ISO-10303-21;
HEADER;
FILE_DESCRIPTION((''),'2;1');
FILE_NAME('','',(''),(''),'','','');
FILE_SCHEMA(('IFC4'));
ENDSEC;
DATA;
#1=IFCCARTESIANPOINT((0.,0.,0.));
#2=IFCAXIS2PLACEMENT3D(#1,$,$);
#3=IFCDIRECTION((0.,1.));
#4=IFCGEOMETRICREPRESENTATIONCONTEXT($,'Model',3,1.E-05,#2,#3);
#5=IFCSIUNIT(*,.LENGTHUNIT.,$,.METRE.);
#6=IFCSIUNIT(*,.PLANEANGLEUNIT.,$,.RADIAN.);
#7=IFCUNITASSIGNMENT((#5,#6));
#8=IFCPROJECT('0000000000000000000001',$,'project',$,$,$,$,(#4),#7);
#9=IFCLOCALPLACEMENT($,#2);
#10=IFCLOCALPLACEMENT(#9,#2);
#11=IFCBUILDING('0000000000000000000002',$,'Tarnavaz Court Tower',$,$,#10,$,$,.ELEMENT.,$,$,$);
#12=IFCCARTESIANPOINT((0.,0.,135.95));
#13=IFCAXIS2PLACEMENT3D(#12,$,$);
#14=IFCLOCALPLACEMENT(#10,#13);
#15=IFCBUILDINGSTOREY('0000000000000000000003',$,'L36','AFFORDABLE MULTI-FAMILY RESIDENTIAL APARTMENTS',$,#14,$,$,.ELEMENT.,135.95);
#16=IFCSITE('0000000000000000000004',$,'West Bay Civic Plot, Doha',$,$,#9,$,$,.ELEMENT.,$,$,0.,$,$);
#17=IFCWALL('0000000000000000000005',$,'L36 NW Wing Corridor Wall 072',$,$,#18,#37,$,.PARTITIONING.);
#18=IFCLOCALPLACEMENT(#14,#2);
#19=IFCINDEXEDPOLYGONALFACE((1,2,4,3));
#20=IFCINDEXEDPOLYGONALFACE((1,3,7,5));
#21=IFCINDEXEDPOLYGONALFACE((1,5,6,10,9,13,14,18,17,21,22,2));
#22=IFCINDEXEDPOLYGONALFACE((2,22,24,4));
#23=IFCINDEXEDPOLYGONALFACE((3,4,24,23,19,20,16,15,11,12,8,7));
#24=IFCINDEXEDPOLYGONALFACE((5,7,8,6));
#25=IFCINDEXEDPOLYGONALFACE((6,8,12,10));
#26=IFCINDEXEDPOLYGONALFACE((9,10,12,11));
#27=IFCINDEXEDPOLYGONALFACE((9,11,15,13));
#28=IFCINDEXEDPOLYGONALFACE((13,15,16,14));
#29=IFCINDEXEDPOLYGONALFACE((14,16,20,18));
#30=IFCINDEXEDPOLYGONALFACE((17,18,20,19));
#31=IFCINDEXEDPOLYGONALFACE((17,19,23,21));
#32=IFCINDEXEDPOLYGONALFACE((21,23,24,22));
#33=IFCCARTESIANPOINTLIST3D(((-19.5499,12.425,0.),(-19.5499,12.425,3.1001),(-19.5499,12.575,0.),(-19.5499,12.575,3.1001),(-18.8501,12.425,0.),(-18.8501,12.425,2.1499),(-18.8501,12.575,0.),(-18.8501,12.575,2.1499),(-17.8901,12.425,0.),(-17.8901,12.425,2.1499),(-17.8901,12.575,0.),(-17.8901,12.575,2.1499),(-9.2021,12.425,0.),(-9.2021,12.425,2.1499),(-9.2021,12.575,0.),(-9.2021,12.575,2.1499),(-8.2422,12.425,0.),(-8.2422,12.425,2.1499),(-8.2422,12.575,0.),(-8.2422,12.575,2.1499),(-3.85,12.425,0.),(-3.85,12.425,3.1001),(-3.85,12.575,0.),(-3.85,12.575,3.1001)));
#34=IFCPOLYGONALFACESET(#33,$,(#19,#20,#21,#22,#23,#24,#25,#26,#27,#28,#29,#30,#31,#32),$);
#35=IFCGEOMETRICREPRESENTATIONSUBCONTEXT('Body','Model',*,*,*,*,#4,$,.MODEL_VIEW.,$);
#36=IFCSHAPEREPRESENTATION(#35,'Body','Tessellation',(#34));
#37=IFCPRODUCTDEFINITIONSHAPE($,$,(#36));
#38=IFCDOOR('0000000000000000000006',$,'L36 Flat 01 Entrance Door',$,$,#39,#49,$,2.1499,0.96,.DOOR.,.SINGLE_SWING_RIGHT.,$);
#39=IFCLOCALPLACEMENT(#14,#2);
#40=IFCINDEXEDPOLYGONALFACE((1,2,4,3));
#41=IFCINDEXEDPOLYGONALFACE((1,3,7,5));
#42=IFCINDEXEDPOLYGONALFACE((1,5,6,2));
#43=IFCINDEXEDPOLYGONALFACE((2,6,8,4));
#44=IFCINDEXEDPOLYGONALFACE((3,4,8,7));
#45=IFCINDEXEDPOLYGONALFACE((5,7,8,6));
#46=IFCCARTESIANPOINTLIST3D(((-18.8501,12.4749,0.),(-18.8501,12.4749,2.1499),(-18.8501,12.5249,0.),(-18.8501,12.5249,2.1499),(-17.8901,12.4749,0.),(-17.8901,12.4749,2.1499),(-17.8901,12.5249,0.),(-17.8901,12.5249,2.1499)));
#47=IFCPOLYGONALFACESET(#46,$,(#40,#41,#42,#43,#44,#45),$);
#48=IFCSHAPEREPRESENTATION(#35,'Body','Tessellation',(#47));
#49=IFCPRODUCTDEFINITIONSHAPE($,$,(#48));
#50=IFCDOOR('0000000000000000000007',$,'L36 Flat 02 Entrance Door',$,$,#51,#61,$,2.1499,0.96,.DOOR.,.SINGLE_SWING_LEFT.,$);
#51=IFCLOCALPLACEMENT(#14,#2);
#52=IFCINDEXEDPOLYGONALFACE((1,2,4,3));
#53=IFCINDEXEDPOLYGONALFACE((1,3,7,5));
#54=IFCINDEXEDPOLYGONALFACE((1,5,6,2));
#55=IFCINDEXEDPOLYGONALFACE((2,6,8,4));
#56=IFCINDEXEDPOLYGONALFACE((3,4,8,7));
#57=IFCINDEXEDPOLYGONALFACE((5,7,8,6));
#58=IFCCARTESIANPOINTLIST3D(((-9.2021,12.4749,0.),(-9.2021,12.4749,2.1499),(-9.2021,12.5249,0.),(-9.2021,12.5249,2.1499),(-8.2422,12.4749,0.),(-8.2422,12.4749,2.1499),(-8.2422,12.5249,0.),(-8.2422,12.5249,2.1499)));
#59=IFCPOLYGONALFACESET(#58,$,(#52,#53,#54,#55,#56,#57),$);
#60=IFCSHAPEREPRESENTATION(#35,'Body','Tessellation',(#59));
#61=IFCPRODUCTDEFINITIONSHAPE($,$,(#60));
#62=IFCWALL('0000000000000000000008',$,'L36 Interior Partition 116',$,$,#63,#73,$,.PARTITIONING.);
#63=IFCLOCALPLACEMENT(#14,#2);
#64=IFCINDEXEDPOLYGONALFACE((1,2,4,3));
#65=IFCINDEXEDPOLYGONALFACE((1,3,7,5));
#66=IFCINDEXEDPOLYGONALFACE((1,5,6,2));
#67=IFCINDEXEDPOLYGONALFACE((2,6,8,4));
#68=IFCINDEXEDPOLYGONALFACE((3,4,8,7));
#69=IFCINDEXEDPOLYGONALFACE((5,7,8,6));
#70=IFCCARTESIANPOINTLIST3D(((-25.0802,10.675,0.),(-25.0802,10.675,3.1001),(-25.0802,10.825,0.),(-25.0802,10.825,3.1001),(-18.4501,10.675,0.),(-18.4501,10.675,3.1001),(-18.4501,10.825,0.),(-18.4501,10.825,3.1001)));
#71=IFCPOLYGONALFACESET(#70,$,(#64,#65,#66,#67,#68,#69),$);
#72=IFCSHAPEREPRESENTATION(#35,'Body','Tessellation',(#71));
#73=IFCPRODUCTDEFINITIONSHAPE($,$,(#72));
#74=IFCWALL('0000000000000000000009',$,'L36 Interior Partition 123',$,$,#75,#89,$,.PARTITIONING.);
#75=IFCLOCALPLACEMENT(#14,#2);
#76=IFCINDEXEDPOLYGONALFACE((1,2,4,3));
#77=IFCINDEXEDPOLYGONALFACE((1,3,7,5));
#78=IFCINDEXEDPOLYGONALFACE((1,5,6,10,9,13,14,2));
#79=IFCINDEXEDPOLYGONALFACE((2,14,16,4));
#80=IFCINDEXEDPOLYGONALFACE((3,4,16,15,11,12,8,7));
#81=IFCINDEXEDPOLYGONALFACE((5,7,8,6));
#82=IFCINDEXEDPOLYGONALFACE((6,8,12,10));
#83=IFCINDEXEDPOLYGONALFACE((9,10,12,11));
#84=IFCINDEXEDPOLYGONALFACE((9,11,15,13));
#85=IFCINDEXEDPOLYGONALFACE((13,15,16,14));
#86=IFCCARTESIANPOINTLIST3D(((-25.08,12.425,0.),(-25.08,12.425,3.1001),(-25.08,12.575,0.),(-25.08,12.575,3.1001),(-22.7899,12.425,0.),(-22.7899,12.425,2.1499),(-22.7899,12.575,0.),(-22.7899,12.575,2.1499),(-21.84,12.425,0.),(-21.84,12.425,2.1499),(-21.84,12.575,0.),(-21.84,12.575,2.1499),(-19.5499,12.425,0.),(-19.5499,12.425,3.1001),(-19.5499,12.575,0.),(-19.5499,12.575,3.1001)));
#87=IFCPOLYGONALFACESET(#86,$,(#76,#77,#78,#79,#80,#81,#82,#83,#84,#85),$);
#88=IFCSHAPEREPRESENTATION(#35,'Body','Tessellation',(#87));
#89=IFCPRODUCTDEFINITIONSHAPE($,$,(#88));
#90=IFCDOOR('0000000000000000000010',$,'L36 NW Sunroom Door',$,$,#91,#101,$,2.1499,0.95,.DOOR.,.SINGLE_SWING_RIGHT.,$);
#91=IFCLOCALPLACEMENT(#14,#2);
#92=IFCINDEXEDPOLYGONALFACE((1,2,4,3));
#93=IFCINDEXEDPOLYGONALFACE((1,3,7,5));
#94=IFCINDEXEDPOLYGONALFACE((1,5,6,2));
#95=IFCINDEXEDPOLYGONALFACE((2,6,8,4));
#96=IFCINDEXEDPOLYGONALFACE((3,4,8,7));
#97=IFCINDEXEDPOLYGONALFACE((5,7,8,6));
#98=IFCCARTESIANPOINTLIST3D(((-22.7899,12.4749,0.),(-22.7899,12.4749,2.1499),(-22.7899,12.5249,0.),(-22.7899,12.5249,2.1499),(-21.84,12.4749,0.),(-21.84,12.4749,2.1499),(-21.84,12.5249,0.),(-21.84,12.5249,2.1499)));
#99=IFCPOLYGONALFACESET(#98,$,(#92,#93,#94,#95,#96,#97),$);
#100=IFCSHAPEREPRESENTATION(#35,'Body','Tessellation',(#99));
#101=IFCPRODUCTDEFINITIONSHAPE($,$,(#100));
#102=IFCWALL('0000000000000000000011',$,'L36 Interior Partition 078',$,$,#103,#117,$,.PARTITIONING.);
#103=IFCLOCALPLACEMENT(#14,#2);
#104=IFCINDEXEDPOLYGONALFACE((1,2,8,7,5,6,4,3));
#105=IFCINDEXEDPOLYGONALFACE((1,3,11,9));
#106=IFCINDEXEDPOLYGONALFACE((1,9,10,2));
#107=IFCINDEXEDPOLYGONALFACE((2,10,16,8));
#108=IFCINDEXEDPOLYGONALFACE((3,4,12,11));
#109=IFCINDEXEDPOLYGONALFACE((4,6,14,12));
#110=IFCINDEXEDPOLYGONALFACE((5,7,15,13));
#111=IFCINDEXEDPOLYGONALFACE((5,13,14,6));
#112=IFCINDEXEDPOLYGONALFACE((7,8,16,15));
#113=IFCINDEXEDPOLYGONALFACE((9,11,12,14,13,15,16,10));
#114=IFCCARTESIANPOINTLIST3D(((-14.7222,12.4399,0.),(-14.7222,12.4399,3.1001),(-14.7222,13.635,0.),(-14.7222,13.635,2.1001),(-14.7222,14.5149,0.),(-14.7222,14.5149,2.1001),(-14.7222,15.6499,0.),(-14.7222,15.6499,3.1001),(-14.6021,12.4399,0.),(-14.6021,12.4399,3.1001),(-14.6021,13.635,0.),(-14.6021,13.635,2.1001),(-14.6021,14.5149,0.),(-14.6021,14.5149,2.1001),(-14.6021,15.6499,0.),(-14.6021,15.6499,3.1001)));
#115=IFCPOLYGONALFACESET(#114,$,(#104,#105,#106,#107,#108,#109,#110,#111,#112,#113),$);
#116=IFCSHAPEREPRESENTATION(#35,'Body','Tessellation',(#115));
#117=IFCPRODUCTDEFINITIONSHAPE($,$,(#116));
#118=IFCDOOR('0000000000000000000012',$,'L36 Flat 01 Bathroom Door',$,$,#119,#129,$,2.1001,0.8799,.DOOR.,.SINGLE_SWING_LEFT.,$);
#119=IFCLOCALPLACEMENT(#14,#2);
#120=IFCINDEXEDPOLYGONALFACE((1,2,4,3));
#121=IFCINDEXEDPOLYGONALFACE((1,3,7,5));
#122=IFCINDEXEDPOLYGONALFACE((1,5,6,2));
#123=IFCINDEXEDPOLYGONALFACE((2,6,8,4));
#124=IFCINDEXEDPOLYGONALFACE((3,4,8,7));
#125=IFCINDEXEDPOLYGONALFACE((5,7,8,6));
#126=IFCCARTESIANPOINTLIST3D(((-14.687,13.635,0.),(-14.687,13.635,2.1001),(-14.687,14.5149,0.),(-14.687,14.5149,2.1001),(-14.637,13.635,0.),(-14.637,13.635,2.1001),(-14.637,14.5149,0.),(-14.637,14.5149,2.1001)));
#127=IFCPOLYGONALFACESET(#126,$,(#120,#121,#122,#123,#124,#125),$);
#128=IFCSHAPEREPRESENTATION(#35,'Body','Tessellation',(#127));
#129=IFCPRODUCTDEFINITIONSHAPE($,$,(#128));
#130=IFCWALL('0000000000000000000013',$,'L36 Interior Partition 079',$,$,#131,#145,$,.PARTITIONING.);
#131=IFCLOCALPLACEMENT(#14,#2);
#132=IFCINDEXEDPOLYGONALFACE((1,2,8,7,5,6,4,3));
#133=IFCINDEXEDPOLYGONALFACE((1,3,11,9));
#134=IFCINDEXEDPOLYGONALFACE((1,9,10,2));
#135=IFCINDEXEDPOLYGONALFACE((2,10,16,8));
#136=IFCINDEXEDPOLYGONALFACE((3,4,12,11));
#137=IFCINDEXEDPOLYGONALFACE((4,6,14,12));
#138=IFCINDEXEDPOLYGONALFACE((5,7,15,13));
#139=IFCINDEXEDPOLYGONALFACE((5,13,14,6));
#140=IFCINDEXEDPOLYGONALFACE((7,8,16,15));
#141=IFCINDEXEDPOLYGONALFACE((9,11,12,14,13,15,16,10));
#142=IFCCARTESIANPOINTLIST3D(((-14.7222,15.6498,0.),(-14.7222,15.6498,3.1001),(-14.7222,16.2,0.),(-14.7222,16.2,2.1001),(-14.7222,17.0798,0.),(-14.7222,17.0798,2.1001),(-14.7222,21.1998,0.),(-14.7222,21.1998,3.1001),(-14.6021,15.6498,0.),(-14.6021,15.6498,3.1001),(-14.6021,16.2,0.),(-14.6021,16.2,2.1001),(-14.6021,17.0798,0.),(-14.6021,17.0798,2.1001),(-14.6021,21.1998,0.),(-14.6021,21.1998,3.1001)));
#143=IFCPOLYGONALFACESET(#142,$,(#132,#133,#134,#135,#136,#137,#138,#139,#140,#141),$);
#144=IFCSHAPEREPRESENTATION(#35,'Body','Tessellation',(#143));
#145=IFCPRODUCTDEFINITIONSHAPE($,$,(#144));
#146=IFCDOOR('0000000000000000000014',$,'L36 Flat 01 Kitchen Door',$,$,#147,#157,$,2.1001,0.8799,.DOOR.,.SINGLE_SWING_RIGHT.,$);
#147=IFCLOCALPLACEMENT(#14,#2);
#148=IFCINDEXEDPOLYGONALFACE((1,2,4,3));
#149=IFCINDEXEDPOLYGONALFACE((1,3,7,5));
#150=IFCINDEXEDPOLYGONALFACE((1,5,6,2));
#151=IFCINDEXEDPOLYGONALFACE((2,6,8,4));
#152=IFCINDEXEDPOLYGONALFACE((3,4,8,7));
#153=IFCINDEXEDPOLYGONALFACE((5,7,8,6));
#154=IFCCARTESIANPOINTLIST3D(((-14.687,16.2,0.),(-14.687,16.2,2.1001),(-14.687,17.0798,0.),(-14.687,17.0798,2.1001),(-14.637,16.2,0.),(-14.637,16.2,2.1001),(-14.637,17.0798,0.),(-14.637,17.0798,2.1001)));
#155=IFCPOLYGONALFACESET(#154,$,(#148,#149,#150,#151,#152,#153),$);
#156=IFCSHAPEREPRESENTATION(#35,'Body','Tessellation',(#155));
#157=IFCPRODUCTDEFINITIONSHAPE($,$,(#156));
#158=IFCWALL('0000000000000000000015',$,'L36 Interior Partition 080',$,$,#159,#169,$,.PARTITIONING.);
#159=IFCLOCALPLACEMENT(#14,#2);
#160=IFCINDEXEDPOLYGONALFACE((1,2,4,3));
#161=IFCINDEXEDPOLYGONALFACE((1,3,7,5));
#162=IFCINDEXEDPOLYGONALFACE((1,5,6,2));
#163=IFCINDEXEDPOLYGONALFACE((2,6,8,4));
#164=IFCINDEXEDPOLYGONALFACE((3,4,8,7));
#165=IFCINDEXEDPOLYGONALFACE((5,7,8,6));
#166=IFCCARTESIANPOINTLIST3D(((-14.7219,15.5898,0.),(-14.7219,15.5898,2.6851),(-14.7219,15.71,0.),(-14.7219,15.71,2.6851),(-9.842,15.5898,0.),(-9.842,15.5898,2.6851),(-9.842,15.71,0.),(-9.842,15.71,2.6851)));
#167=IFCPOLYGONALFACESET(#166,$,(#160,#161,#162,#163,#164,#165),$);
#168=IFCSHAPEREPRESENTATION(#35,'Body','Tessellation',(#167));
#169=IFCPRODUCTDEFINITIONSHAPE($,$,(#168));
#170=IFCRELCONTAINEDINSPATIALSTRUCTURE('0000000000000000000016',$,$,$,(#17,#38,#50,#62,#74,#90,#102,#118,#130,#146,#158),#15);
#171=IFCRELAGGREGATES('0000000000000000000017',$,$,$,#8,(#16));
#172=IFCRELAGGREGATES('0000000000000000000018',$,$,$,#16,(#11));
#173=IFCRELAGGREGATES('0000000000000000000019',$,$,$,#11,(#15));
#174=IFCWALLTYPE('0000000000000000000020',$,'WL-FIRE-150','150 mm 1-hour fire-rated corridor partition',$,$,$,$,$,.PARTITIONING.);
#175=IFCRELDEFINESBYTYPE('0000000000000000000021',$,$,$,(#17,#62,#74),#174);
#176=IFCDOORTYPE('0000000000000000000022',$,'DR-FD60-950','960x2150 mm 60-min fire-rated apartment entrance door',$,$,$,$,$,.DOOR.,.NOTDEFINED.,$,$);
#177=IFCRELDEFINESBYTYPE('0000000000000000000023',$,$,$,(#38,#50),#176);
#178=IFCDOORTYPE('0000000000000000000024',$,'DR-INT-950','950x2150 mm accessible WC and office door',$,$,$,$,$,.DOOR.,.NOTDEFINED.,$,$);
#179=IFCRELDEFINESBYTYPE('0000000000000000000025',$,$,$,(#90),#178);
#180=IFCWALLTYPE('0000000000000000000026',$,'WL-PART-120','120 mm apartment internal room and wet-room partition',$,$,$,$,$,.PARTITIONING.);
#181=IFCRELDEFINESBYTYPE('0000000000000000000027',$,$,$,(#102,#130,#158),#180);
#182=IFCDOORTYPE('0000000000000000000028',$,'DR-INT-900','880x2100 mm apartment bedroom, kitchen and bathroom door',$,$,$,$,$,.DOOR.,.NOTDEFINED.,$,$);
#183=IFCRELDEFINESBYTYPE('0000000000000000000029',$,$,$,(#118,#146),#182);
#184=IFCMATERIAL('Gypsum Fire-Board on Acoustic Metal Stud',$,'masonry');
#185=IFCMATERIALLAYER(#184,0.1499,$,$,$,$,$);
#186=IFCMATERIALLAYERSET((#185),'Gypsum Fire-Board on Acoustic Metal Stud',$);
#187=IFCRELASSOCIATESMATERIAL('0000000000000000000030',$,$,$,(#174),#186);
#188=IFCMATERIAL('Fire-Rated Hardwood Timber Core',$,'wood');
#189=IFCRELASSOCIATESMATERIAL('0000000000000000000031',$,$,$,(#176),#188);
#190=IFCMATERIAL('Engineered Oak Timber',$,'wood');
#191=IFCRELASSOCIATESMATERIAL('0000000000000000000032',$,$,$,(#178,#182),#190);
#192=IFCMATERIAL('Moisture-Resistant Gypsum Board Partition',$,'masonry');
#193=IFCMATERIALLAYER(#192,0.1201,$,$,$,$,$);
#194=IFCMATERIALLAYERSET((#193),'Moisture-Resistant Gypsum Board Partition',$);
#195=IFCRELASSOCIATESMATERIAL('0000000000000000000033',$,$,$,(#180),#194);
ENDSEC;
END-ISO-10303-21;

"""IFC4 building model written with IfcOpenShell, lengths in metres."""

from ifc_helpers import new_model, si_unit, direction, frame, frame_2d, origin, place, context, subcontext, project, spatial, rectangle, extrude, material, layer, layer_set, type_object, element, fill, save


model = new_model("IFC4")

# Units and contexts
model_context = context("Model", 3, precision=1e-05, world=origin(), true_north=direction((0.0, 1.0)))
body_context = subcontext(model_context, "Body", "Model", "MODEL_VIEW")
ifc_project = project(units=[si_unit("LENGTHUNIT", "METRE"), si_unit("PLANEANGLEUNIT", "RADIAN")], contexts=[model_context])

# Site, building, storey
site_placement = place(None, origin())
site = spatial("IfcSite", under=ifc_project, at=site_placement, Name="West Bay Civic Plot, Doha", CompositionType="ELEMENT", RefElevation=0.0)
building_placement = place(site_placement, origin())
building = spatial("IfcBuilding", under=site, at=building_placement, Name="Tarnavaz Court Tower", CompositionType="ELEMENT")
storey_placement = place(building_placement, frame((0.0, 0.0, 135.95)))
storey = spatial("IfcBuildingStorey", under=building, at=storey_placement, Name="L36", Description="AFFORDABLE MULTI-FAMILY RESIDENTIAL APARTMENTS", CompositionType="ELEMENT", Elevation=135.95)

# Wall, openings, doors
ifc_material_1 = material(Name="Gypsum Fire-Board on Acoustic Metal Stud", Category="masonry")
ifc_layer_1 = layer(ifc_material_1, 0.1499)
ifc_layer_set_1 = layer_set([ifc_layer_1], Name="Gypsum Fire-Board on Acoustic Metal Stud")
wall_type_1 = type_object("IfcWallType", Name="WL-FIRE-150", Description="150 mm 1-hour fire-rated corridor partition", PredefinedType="PARTITIONING", material=ifc_layer_set_1)
wall_1_placement = place(storey_placement, frame((-19.55, 12.5, 0.0), z_axis=(0.0, 0.0, 1.0), x_axis=(1.0, 0.0, 0.0)))
wall_1 = element("IfcWall", 1, at=wall_1_placement, inside=storey, type_object=wall_type_1, Name="L36 NW Wing Corridor Wall 072", PredefinedType="PARTITIONING", context=body_context, shape_type="SweptSolid", body=[
    extrude(rectangle(XDim=15.7, YDim=0.1499, at=frame_2d((7.8501, 0.0))), origin(), (0.0, 0.0, 1.0), 3.1001),
])
opening_1_placement = place(wall_1_placement, frame((0.7, 0.0, 0.0)))
opening_1 = element("IfcOpeningElement", 2, at=opening_1_placement, cuts=wall_1, PredefinedType="OPENING", context=body_context, shape_type="SweptSolid", body=[
    extrude(rectangle(XDim=0.96, YDim=2.1499, at=frame_2d((0.48, 1.075))), frame((0.0, 0.085, 0.0), z_axis=(0.0, -1.0, 0.0), x_axis=(1.0, 0.0, 0.0)), (0.0, 0.0, 1.0), 0.1699),
])
opening_2_placement = place(wall_1_placement, frame((10.3479, 0.0, 0.0)))
opening_2 = element("IfcOpeningElement", 3, at=opening_2_placement, cuts=wall_1, PredefinedType="OPENING", context=body_context, shape_type="SweptSolid", body=[
    extrude(rectangle(XDim=0.96, YDim=2.1499, at=frame_2d((0.48, 1.075))), frame((0.0, 0.085, 0.0), z_axis=(0.0, -1.0, 0.0), x_axis=(1.0, 0.0, 0.0)), (0.0, 0.0, 1.0), 0.1699),
])
ifc_material_2 = material(Name="Fire-Rated Hardwood Timber Core", Category="wood")
door_type_1 = type_object("IfcDoorType", Name="DR-FD60-950", Description="960x2150 mm 60-min fire-rated apartment entrance door", OperationType="NOTDEFINED", PredefinedType="DOOR", material=ifc_material_2)
door_1_placement = place(opening_1_placement, origin())
door_1 = element("IfcDoor", 4, at=door_1_placement, inside=storey, type_object=door_type_1, Name="L36 Flat 01 Entrance Door", OperationType="SINGLE_SWING_RIGHT", OverallHeight=2.1499, OverallWidth=0.96, PredefinedType="DOOR", context=body_context, shape_type="SweptSolid", body=[
    extrude(rectangle(XDim=0.96, YDim=2.1499, at=frame_2d((0.48, 1.075))), frame((0.0, 0.0249, 0.0), z_axis=(0.0, -1.0, 0.0), x_axis=(1.0, 0.0, 0.0)), (0.0, 0.0, 1.0), 0.05),
])
fill(opening_1, door_1)
door_2_placement = place(opening_2_placement, origin())
door_2 = element("IfcDoor", 5, at=door_2_placement, inside=storey, type_object=door_type_1, Name="L36 Flat 02 Entrance Door", OperationType="SINGLE_SWING_LEFT", OverallHeight=2.1499, OverallWidth=0.96, PredefinedType="DOOR", context=body_context, shape_type="SweptSolid", body=[
    extrude(rectangle(XDim=0.96, YDim=2.1499, at=frame_2d((0.48, 1.075))), frame((0.0, 0.0249, 0.0), z_axis=(0.0, -1.0, 0.0), x_axis=(1.0, 0.0, 0.0)), (0.0, 0.0, 1.0), 0.05),
])
fill(opening_2, door_2)

# Wall
wall_2_placement = place(storey_placement, frame((-25.0801, 10.75, 0.0), z_axis=(0.0, 0.0, 1.0), x_axis=(1.0, 0.0, 0.0)))
element("IfcWall", 6, at=wall_2_placement, inside=storey, type_object=wall_type_1, Name="L36 Interior Partition 116", PredefinedType="PARTITIONING", context=body_context, shape_type="SweptSolid", body=[
    extrude(rectangle(XDim=6.6301, YDim=0.1499, at=frame_2d((3.3149, 0.0))), origin(), (0.0, 0.0, 1.0), 3.1001),
])

# Walls, openings, doors
wall_3_placement = place(storey_placement, frame((-25.0801, 12.5, 0.0), z_axis=(0.0, 0.0, 1.0), x_axis=(1.0, 0.0, 0.0)))
wall_3 = element("IfcWall", 7, at=wall_3_placement, inside=storey, type_object=wall_type_1, Name="L36 Interior Partition 123", PredefinedType="PARTITIONING", context=body_context, shape_type="SweptSolid", body=[
    extrude(rectangle(XDim=5.53, YDim=0.1499, at=frame_2d((2.7651, 0.0))), origin(), (0.0, 0.0, 1.0), 3.1001),
])
opening_3_placement = place(wall_3_placement, frame((2.29, 0.0, 0.0)))
opening_3 = element("IfcOpeningElement", 8, at=opening_3_placement, cuts=wall_3, PredefinedType="OPENING", context=body_context, shape_type="SweptSolid", body=[
    extrude(rectangle(XDim=0.95, YDim=2.1499, at=frame_2d((0.4751, 1.075))), frame((0.0, 0.085, 0.0), z_axis=(0.0, -1.0, 0.0), x_axis=(1.0, 0.0, 0.0)), (0.0, 0.0, 1.0), 0.1699),
])
ifc_material_3 = material(Name="Engineered Oak Timber", Category="wood")
door_type_2 = type_object("IfcDoorType", Name="DR-INT-950", Description="950x2150 mm accessible WC and office door", OperationType="NOTDEFINED", PredefinedType="DOOR", material=ifc_material_3)
door_3_placement = place(opening_3_placement, origin())
door_3 = element("IfcDoor", 9, at=door_3_placement, inside=storey, type_object=door_type_2, Name="L36 NW Sunroom Door", OperationType="SINGLE_SWING_RIGHT", OverallHeight=2.1499, OverallWidth=0.95, PredefinedType="DOOR", context=body_context, shape_type="SweptSolid", body=[
    extrude(rectangle(XDim=0.95, YDim=2.1499, at=frame_2d((0.4751, 1.075))), frame((0.0, 0.0249, 0.0), z_axis=(0.0, -1.0, 0.0), x_axis=(1.0, 0.0, 0.0)), (0.0, 0.0, 1.0), 0.05),
])
fill(opening_3, door_3)
ifc_material_4 = material(Name="Moisture-Resistant Gypsum Board Partition", Category="masonry")
ifc_layer_2 = layer(ifc_material_4, 0.1201)
ifc_layer_set_2 = layer_set([ifc_layer_2], Name="Moisture-Resistant Gypsum Board Partition")
wall_type_2 = type_object("IfcWallType", Name="WL-PART-120", Description="120 mm apartment internal room and wet-room partition", PredefinedType="PARTITIONING", material=ifc_layer_set_2)
wall_4_placement = place(storey_placement, frame((-14.6621, 12.4399, 0.0), z_axis=(0.0, 0.0, 1.0), x_axis=(0.0, 1.0, 0.0)))
wall_4 = element("IfcWall", 10, at=wall_4_placement, inside=storey, type_object=wall_type_2, Name="L36 Interior Partition 078", PredefinedType="PARTITIONING", context=body_context, shape_type="SweptSolid", body=[
    extrude(rectangle(XDim=3.21, YDim=0.1201, at=frame_2d((1.605, 0.0))), origin(), (0.0, 0.0, 1.0), 3.1001),
])
opening_4_placement = place(wall_4_placement, frame((1.1951, 0.0, 0.0)))
opening_4 = element("IfcOpeningElement", 11, at=opening_4_placement, cuts=wall_4, PredefinedType="OPENING", context=body_context, shape_type="SweptSolid", body=[
    extrude(rectangle(XDim=0.8799, YDim=2.1001, at=frame_2d((0.4399, 1.05))), frame((0.0, 0.0701, 0.0), z_axis=(0.0, -1.0, 0.0), x_axis=(1.0, 0.0, 0.0)), (0.0, 0.0, 1.0), 0.1401),
])
door_type_3 = type_object("IfcDoorType", Name="DR-INT-900", Description="880x2100 mm apartment bedroom, kitchen and bathroom door", OperationType="NOTDEFINED", PredefinedType="DOOR", material=ifc_material_3)
door_4_placement = place(opening_4_placement, origin())
door_4 = element("IfcDoor", 12, at=door_4_placement, inside=storey, type_object=door_type_3, Name="L36 Flat 01 Bathroom Door", OperationType="SINGLE_SWING_LEFT", OverallHeight=2.1001, OverallWidth=0.8799, PredefinedType="DOOR", context=body_context, shape_type="SweptSolid", body=[
    extrude(rectangle(XDim=0.8799, YDim=2.1001, at=frame_2d((0.4399, 1.05))), frame((0.0, 0.0249, 0.0), z_axis=(0.0, -1.0, 0.0), x_axis=(1.0, 0.0, 0.0)), (0.0, 0.0, 1.0), 0.05),
])
fill(opening_4, door_4)
wall_5_placement = place(storey_placement, frame((-14.6621, 15.6499, 0.0), z_axis=(0.0, 0.0, 1.0), x_axis=(0.0, 1.0, 0.0)))
wall_5 = element("IfcWall", 13, at=wall_5_placement, inside=storey, type_object=wall_type_2, Name="L36 Interior Partition 079", PredefinedType="PARTITIONING", context=body_context, shape_type="SweptSolid", body=[
    extrude(rectangle(XDim=5.55, YDim=0.1201, at=frame_2d((2.7749, 0.0))), origin(), (0.0, 0.0, 1.0), 3.1001),
])
opening_5_placement = place(wall_5_placement, frame((0.55, 0.0, 0.0)))
opening_5 = element("IfcOpeningElement", 14, at=opening_5_placement, cuts=wall_5, PredefinedType="OPENING", context=body_context, shape_type="SweptSolid", body=[
    extrude(rectangle(XDim=0.8799, YDim=2.1001, at=frame_2d((0.4399, 1.05))), frame((0.0, 0.0701, 0.0), z_axis=(0.0, -1.0, 0.0), x_axis=(1.0, 0.0, 0.0)), (0.0, 0.0, 1.0), 0.1401),
])
door_5_placement = place(opening_5_placement, origin())
door_5 = element("IfcDoor", 15, at=door_5_placement, inside=storey, type_object=door_type_3, Name="L36 Flat 01 Kitchen Door", OperationType="SINGLE_SWING_RIGHT", OverallHeight=2.1001, OverallWidth=0.8799, PredefinedType="DOOR", context=body_context, shape_type="SweptSolid", body=[
    extrude(rectangle(XDim=0.8799, YDim=2.1001, at=frame_2d((0.4399, 1.05))), frame((0.0, 0.0249, 0.0), z_axis=(0.0, -1.0, 0.0), x_axis=(1.0, 0.0, 0.0)), (0.0, 0.0, 1.0), 0.05),
])
fill(opening_5, door_5)

# Wall
wall_6_placement = place(storey_placement, frame((-14.7219, 15.6499, 0.0), z_axis=(0.0, 0.0, 1.0), x_axis=(1.0, 0.0, 0.0)))
element("IfcWall", 16, at=wall_6_placement, inside=storey, type_object=wall_type_2, Name="L36 Interior Partition 080", PredefinedType="PARTITIONING", context=body_context, shape_type="SweptSolid", body=[
    extrude(rectangle(XDim=4.8799, YDim=0.1201, at=frame_2d((2.4399, 0.0))), origin(), (0.0, 0.0, 1.0), 2.6851),
])

save(model, "model.ifc")
